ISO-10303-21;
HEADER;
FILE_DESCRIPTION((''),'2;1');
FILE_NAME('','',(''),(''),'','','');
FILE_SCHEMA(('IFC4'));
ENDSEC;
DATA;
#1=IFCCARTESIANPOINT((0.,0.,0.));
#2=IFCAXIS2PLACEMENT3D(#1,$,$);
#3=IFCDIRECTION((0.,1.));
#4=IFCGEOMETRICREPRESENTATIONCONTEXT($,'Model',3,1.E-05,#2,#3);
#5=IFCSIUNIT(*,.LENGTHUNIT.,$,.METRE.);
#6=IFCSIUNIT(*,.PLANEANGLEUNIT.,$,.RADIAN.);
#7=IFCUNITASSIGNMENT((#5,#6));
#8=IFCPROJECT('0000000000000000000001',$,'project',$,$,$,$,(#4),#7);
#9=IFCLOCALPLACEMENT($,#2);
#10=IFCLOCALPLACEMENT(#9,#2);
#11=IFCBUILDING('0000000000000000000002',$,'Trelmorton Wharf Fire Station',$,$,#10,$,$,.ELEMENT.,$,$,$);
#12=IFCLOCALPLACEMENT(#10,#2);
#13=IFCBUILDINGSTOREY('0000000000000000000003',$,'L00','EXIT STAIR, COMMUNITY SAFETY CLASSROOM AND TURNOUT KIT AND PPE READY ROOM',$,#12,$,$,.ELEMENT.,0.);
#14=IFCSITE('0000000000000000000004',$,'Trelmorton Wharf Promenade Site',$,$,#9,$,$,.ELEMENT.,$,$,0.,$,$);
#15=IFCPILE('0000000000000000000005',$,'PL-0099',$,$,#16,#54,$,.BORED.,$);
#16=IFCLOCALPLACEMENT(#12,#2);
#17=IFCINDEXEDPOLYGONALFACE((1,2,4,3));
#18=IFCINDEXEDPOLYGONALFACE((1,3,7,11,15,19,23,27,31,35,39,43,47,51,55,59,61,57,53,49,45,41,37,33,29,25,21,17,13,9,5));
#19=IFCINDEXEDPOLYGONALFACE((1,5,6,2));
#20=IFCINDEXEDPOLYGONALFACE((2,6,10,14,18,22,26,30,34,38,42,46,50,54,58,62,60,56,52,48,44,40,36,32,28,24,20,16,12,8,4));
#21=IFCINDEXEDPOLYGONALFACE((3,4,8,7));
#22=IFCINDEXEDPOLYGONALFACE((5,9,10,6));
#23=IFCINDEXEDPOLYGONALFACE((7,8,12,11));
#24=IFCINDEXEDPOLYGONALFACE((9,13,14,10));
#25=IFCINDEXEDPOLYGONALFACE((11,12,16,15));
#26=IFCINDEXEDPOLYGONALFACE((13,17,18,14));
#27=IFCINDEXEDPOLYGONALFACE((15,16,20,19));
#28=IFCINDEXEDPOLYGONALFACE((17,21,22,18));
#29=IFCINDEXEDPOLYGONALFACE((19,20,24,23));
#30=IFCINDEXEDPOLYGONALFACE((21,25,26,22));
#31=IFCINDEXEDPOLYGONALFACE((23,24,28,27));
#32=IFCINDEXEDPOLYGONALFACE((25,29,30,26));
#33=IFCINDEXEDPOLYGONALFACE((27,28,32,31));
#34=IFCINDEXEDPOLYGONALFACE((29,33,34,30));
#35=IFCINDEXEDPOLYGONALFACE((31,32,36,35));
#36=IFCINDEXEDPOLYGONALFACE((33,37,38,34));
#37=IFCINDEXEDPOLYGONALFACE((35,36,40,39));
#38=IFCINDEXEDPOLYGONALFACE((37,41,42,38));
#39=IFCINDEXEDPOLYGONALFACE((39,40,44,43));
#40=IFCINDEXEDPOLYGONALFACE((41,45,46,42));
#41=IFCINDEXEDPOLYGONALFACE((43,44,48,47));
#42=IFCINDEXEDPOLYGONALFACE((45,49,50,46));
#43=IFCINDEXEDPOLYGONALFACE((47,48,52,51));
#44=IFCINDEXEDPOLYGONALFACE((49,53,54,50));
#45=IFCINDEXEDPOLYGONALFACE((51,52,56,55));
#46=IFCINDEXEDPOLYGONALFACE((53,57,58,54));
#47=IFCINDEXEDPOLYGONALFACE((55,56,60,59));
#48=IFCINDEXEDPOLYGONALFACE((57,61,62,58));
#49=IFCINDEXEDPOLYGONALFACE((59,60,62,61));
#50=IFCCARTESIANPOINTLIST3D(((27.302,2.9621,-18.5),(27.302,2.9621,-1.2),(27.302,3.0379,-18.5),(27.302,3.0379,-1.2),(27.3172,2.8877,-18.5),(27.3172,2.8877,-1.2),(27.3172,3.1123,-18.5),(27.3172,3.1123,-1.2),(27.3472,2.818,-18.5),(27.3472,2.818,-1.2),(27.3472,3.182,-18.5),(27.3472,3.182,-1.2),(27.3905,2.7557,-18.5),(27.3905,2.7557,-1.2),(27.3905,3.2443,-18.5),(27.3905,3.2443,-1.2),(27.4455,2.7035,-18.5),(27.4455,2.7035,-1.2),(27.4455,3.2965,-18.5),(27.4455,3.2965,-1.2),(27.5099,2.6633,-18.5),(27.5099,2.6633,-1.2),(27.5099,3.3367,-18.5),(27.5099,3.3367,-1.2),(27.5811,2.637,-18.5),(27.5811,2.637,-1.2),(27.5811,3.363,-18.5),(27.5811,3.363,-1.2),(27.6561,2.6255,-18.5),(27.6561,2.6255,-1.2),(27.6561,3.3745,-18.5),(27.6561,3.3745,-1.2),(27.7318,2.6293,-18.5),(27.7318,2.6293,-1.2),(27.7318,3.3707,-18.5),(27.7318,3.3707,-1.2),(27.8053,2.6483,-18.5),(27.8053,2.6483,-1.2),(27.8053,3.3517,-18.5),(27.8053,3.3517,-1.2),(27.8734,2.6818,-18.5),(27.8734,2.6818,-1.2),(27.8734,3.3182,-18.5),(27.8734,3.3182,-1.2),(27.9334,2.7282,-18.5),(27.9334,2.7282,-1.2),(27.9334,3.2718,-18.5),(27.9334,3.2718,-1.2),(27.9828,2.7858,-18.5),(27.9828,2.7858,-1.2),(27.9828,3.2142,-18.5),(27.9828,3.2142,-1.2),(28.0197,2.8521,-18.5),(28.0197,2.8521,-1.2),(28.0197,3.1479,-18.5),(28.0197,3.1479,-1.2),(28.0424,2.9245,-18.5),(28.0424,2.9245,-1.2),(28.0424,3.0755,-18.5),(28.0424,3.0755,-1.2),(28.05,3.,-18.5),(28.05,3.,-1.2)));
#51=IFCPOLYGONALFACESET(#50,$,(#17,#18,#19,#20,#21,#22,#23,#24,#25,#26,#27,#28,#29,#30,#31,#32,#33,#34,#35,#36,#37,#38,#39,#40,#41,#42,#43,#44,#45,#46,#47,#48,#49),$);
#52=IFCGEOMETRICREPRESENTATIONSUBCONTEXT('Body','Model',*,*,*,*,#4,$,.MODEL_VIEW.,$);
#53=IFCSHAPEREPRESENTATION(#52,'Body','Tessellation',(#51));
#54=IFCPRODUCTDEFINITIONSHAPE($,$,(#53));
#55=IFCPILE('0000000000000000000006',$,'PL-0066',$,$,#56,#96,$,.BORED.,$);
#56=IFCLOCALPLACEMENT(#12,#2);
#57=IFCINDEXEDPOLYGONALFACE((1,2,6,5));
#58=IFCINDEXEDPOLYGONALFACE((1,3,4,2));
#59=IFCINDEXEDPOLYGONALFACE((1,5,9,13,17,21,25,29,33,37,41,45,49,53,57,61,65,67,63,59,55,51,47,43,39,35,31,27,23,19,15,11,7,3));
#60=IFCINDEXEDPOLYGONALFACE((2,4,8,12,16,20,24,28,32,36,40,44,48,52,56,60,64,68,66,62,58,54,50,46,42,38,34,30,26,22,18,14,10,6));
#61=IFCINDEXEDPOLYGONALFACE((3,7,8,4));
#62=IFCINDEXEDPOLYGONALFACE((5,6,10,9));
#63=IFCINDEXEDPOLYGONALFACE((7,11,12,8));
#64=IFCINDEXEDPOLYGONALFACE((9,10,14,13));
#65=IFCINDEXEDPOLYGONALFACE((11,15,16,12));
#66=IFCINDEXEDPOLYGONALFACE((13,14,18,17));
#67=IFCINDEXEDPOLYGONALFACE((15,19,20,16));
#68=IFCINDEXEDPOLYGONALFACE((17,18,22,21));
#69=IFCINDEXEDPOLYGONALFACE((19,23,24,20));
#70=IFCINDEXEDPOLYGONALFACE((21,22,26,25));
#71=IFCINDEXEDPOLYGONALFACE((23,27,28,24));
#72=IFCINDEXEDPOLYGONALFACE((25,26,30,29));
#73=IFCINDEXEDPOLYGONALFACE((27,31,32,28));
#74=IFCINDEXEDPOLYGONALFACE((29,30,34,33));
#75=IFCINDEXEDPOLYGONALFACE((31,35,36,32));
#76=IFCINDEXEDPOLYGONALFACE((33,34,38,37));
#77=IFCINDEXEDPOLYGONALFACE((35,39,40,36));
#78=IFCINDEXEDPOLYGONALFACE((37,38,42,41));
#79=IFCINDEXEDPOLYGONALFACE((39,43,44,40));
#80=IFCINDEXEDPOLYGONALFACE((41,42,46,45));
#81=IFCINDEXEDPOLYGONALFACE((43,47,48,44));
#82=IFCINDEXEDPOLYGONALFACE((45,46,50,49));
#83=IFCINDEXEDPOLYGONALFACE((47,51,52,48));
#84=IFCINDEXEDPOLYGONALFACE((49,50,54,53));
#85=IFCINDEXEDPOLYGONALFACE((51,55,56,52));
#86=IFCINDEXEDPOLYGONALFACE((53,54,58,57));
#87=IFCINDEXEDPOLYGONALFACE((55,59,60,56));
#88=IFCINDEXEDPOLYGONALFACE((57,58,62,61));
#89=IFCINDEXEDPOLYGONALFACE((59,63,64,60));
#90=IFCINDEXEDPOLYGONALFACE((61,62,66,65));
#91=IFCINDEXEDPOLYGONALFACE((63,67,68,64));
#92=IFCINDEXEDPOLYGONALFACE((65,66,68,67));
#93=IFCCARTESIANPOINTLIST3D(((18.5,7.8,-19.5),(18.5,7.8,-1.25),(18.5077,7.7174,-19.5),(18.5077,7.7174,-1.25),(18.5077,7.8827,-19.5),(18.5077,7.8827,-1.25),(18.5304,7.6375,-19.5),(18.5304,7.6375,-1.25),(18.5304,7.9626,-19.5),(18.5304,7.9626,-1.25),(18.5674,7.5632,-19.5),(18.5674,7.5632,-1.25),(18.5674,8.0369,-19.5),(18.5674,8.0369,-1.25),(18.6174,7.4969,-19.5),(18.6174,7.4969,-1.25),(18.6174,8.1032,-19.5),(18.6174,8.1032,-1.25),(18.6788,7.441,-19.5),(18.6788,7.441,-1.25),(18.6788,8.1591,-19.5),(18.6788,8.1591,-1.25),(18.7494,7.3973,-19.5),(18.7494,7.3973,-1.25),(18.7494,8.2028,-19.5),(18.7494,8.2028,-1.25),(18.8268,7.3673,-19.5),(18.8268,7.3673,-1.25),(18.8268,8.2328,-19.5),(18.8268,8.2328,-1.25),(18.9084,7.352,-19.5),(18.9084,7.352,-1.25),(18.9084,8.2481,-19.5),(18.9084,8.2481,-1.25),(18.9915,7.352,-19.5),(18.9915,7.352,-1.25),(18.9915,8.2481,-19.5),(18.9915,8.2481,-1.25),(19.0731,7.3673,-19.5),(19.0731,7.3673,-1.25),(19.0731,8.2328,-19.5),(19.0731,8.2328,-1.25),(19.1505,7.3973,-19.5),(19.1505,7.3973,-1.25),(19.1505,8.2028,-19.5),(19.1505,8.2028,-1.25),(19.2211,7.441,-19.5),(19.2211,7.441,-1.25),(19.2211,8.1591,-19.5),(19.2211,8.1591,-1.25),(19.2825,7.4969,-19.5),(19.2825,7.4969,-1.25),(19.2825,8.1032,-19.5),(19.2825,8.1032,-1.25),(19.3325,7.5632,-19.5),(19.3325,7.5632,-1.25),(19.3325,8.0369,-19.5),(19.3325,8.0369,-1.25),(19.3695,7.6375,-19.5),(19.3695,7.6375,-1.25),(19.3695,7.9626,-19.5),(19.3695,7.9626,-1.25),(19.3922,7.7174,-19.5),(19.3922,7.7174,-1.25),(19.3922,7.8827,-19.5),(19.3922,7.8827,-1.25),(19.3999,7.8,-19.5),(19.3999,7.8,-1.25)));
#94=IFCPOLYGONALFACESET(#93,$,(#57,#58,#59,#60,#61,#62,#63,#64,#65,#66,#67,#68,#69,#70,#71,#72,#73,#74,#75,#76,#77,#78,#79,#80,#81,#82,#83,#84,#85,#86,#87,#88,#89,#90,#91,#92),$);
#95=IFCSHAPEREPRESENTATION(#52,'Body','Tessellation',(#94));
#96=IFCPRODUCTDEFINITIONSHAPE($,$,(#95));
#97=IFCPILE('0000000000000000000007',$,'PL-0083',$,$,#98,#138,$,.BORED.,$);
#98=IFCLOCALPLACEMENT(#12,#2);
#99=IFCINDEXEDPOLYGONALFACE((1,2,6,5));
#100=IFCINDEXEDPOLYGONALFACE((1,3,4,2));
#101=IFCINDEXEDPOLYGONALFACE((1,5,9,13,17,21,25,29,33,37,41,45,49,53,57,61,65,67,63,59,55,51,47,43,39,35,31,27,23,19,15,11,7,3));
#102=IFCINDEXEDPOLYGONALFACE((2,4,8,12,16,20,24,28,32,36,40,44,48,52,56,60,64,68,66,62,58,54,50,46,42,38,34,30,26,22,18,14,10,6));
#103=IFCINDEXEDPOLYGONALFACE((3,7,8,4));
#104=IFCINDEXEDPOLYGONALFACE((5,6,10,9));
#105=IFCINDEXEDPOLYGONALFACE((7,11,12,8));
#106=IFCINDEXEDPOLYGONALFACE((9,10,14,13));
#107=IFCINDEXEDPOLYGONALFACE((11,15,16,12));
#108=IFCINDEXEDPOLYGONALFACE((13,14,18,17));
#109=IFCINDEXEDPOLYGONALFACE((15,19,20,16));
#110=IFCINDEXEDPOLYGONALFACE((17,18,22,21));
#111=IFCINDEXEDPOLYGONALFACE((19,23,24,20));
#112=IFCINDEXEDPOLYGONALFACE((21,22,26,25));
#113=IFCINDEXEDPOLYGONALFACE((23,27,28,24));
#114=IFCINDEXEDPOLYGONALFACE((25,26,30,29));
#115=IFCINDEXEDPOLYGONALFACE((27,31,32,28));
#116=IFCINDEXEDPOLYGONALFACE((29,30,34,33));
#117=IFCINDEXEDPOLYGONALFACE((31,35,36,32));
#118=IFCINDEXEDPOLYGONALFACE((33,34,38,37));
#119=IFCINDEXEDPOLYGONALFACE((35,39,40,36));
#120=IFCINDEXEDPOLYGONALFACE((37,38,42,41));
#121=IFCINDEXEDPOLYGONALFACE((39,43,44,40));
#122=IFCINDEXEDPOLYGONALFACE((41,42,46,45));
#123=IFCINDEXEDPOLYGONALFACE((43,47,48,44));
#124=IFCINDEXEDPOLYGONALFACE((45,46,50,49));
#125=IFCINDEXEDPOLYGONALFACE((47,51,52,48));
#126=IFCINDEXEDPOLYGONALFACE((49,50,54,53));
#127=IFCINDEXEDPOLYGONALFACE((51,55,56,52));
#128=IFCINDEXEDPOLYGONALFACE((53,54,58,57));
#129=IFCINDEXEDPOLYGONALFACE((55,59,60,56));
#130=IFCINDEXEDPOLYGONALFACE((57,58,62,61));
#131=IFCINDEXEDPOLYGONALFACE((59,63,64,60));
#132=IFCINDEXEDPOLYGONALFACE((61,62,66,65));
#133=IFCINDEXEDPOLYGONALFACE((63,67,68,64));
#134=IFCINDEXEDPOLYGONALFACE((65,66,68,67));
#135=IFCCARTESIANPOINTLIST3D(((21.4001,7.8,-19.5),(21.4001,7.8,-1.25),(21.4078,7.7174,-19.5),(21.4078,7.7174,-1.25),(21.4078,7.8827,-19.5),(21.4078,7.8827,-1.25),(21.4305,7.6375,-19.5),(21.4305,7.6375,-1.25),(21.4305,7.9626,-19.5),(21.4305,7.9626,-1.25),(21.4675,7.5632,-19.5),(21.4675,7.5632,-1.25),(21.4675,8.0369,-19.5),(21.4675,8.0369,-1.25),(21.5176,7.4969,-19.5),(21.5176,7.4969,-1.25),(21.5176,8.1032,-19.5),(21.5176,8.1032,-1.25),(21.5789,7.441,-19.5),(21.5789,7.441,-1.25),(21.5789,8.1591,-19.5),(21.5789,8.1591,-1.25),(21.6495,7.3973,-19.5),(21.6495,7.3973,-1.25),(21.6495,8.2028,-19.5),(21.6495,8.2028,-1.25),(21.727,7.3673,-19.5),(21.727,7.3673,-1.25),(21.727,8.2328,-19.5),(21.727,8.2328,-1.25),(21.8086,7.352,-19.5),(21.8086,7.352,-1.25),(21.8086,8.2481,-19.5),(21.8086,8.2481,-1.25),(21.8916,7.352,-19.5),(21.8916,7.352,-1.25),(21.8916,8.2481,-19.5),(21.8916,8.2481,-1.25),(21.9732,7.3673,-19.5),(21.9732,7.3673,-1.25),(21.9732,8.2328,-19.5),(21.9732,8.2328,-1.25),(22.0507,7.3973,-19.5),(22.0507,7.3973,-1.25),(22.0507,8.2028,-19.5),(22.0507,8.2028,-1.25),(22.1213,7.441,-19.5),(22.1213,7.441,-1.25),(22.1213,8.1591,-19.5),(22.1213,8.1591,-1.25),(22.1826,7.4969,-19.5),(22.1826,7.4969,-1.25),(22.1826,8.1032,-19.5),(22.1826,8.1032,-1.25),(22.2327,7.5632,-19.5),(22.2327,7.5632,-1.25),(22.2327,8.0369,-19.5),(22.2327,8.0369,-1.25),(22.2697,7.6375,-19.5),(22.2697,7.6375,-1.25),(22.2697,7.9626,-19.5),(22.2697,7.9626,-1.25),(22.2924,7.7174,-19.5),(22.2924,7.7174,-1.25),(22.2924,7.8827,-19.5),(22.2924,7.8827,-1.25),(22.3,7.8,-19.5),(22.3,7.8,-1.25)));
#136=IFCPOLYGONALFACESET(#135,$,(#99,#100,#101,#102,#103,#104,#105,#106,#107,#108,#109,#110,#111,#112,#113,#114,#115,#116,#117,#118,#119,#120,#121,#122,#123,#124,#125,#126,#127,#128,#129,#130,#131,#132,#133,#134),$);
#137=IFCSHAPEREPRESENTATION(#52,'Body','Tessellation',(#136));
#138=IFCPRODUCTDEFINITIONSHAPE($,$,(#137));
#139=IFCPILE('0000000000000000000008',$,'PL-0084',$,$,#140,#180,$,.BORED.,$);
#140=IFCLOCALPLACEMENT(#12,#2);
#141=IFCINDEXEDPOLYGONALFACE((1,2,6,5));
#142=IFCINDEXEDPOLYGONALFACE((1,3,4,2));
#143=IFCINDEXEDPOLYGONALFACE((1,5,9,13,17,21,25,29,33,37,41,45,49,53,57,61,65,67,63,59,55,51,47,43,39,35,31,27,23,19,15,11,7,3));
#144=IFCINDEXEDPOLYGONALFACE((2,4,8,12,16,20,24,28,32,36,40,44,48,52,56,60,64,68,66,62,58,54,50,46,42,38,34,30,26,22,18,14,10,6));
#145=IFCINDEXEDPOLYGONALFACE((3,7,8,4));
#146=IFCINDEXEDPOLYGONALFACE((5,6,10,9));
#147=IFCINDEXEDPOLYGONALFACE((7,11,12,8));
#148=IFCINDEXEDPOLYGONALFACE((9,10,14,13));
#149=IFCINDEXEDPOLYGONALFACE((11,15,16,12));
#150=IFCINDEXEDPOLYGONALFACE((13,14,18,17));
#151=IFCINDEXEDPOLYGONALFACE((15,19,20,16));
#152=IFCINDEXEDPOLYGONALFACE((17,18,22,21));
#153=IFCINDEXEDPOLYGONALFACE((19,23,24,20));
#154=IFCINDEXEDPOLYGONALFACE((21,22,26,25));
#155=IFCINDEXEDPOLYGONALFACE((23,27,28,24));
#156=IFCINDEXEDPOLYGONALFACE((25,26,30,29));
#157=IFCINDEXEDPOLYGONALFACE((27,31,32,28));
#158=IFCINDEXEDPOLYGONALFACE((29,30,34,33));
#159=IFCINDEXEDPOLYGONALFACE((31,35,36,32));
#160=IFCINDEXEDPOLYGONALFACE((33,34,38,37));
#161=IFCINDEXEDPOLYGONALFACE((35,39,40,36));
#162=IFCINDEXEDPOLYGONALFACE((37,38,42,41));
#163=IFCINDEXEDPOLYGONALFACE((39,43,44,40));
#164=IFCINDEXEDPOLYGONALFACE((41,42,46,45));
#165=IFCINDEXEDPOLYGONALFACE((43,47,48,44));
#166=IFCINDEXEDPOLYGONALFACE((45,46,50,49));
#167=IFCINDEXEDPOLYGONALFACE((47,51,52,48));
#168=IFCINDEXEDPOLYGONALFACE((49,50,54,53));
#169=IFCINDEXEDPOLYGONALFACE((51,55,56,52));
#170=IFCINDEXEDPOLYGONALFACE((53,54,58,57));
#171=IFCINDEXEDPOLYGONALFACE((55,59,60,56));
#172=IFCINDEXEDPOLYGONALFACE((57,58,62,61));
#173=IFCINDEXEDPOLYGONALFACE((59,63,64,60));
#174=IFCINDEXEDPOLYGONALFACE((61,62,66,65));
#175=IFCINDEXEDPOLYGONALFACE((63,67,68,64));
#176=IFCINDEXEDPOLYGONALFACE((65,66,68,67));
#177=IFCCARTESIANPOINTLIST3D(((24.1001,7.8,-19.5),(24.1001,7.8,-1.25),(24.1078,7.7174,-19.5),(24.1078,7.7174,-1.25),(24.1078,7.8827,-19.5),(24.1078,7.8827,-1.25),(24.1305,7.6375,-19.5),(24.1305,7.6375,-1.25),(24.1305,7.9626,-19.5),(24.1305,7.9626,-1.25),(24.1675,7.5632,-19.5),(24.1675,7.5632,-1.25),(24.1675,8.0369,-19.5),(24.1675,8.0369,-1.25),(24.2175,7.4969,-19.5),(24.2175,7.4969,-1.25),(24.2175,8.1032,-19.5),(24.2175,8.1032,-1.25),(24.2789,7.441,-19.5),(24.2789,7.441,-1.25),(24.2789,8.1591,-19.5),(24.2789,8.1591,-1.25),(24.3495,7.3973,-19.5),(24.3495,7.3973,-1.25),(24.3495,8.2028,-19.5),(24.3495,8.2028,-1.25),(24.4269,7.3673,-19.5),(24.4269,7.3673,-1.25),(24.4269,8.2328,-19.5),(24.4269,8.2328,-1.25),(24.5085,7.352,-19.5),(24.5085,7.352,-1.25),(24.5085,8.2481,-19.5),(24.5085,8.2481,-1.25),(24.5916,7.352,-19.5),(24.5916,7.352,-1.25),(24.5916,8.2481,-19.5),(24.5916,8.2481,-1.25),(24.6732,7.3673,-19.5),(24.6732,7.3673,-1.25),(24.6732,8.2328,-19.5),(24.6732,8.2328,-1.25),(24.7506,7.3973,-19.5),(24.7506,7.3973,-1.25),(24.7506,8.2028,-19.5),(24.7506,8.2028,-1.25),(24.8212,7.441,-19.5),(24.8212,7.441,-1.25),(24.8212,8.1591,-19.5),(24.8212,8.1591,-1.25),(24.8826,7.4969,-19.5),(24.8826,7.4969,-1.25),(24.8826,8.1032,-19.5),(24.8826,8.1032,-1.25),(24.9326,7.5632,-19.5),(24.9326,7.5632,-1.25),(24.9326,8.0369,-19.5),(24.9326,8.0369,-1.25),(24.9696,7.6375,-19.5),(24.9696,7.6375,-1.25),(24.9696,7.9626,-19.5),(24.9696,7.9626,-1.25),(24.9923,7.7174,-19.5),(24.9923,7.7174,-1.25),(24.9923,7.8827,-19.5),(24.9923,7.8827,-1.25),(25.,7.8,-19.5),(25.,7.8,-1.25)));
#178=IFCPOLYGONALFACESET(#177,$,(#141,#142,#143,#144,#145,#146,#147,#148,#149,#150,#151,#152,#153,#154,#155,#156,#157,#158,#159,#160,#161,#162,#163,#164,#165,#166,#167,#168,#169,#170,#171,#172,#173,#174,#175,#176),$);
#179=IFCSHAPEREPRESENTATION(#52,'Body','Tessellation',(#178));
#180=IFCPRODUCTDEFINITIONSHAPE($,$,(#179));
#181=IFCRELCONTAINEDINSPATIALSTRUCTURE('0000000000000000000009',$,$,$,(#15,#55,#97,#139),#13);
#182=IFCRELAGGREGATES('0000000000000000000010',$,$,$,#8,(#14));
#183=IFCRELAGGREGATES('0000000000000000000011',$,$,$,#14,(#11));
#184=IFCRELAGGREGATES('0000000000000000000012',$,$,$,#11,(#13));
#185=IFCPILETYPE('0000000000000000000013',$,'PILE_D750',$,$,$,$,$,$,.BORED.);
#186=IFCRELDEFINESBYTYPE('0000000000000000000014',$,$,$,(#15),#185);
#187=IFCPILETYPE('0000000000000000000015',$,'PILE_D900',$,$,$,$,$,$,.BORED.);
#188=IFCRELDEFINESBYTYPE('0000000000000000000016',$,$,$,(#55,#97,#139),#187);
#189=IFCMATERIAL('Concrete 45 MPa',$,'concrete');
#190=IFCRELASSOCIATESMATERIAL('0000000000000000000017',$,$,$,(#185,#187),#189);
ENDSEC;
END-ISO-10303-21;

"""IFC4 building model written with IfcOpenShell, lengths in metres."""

from ifc_helpers import new_model, si_unit, direction, frame, origin, origin_2d, place, context, subcontext, project, spatial, circle, extrude, material, material_profile, profile_set, type_object, element, save


model = new_model("IFC4")

# Units and contexts
model_context = context("Model", 3, precision=1e-05, world=origin(), true_north=direction((0.0, 1.0)))
body_context = subcontext(model_context, "Body", "Model", "MODEL_VIEW")
ifc_project = project(units=[si_unit("LENGTHUNIT", "METRE"), si_unit("PLANEANGLEUNIT", "RADIAN")], contexts=[model_context])

# Site, building, storey
site_placement = place(None, origin())
site = spatial("IfcSite", under=ifc_project, at=site_placement, Name="Trelmorton Wharf Promenade Site", CompositionType="ELEMENT", RefElevation=0.0)
building_placement = place(site_placement, origin())
building = spatial("IfcBuilding", under=site, at=building_placement, Name="Trelmorton Wharf Fire Station", CompositionType="ELEMENT")
storey_placement = place(building_placement, origin())
storey = spatial("IfcBuildingStorey", under=building, at=storey_placement, Name="L00", Description="EXIT STAIR, COMMUNITY SAFETY CLASSROOM AND TURNOUT KIT AND PPE READY ROOM", CompositionType="ELEMENT", Elevation=0.0)

# Piles
ifc_material_1 = material(Name="Concrete 45 MPa", Category="concrete")
ifc_material_profile_1 = material_profile(ifc_material_1, circle(Radius=0.375, at=origin_2d()), Name="PILE-D750")
ifc_profile_set_1 = profile_set([ifc_material_profile_1], Name="Concrete 45 MPa")
pile_type_1 = type_object("IfcPileType", Name="PILE_D750", PredefinedType="BORED", material=ifc_profile_set_1)
for number, where, z_axis, x_axis, name in (
    (1, (27.675, 3.0, -1.2), (0.0, 0.0, -1.0), (1.0, 0.0, 0.0), "PL-0099"),
):
    element("IfcPile", number, at=place(storey_placement, frame(where, z_axis=z_axis, x_axis=x_axis)), inside=storey, type_object=pile_type_1, Name=name, PredefinedType="BORED", context=body_context, shape_type="SweptSolid", body=[
        extrude(circle(Radius=0.375, at=origin_2d()), origin(), (0.0, 0.0, 1.0), 17.3),
    ])
ifc_material_profile_2 = material_profile(ifc_material_1, circle(Radius=0.45, at=origin_2d()), Name="PILE-D900")
ifc_profile_set_2 = profile_set([ifc_material_profile_2], Name="Concrete 45 MPa")
pile_type_2 = type_object("IfcPileType", Name="PILE_D900", PredefinedType="BORED", material=ifc_profile_set_2)
for number, where, z_axis, x_axis, name in (
    (2, (18.95, 7.8, -1.25), (0.0, 0.0, -1.0), (1.0, 0.0, 0.0), "PL-0066"),
    (3, (21.8501, 7.8, -1.25), (0.0, 0.0, -1.0), (1.0, 0.0, 0.0), "PL-0083"),
    (4, (24.55, 7.8, -1.25), (0.0, 0.0, -1.0), (1.0, 0.0, 0.0), "PL-0084"),
):
    element("IfcPile", number, at=place(storey_placement, frame(where, z_axis=z_axis, x_axis=x_axis)), inside=storey, type_object=pile_type_2, Name=name, PredefinedType="BORED", context=body_context, shape_type="SweptSolid", body=[
        extrude(circle(Radius=0.45, at=origin_2d()), origin(), (0.0, 0.0, 1.0), 18.25),
    ])

save(model, "model.ifc")
